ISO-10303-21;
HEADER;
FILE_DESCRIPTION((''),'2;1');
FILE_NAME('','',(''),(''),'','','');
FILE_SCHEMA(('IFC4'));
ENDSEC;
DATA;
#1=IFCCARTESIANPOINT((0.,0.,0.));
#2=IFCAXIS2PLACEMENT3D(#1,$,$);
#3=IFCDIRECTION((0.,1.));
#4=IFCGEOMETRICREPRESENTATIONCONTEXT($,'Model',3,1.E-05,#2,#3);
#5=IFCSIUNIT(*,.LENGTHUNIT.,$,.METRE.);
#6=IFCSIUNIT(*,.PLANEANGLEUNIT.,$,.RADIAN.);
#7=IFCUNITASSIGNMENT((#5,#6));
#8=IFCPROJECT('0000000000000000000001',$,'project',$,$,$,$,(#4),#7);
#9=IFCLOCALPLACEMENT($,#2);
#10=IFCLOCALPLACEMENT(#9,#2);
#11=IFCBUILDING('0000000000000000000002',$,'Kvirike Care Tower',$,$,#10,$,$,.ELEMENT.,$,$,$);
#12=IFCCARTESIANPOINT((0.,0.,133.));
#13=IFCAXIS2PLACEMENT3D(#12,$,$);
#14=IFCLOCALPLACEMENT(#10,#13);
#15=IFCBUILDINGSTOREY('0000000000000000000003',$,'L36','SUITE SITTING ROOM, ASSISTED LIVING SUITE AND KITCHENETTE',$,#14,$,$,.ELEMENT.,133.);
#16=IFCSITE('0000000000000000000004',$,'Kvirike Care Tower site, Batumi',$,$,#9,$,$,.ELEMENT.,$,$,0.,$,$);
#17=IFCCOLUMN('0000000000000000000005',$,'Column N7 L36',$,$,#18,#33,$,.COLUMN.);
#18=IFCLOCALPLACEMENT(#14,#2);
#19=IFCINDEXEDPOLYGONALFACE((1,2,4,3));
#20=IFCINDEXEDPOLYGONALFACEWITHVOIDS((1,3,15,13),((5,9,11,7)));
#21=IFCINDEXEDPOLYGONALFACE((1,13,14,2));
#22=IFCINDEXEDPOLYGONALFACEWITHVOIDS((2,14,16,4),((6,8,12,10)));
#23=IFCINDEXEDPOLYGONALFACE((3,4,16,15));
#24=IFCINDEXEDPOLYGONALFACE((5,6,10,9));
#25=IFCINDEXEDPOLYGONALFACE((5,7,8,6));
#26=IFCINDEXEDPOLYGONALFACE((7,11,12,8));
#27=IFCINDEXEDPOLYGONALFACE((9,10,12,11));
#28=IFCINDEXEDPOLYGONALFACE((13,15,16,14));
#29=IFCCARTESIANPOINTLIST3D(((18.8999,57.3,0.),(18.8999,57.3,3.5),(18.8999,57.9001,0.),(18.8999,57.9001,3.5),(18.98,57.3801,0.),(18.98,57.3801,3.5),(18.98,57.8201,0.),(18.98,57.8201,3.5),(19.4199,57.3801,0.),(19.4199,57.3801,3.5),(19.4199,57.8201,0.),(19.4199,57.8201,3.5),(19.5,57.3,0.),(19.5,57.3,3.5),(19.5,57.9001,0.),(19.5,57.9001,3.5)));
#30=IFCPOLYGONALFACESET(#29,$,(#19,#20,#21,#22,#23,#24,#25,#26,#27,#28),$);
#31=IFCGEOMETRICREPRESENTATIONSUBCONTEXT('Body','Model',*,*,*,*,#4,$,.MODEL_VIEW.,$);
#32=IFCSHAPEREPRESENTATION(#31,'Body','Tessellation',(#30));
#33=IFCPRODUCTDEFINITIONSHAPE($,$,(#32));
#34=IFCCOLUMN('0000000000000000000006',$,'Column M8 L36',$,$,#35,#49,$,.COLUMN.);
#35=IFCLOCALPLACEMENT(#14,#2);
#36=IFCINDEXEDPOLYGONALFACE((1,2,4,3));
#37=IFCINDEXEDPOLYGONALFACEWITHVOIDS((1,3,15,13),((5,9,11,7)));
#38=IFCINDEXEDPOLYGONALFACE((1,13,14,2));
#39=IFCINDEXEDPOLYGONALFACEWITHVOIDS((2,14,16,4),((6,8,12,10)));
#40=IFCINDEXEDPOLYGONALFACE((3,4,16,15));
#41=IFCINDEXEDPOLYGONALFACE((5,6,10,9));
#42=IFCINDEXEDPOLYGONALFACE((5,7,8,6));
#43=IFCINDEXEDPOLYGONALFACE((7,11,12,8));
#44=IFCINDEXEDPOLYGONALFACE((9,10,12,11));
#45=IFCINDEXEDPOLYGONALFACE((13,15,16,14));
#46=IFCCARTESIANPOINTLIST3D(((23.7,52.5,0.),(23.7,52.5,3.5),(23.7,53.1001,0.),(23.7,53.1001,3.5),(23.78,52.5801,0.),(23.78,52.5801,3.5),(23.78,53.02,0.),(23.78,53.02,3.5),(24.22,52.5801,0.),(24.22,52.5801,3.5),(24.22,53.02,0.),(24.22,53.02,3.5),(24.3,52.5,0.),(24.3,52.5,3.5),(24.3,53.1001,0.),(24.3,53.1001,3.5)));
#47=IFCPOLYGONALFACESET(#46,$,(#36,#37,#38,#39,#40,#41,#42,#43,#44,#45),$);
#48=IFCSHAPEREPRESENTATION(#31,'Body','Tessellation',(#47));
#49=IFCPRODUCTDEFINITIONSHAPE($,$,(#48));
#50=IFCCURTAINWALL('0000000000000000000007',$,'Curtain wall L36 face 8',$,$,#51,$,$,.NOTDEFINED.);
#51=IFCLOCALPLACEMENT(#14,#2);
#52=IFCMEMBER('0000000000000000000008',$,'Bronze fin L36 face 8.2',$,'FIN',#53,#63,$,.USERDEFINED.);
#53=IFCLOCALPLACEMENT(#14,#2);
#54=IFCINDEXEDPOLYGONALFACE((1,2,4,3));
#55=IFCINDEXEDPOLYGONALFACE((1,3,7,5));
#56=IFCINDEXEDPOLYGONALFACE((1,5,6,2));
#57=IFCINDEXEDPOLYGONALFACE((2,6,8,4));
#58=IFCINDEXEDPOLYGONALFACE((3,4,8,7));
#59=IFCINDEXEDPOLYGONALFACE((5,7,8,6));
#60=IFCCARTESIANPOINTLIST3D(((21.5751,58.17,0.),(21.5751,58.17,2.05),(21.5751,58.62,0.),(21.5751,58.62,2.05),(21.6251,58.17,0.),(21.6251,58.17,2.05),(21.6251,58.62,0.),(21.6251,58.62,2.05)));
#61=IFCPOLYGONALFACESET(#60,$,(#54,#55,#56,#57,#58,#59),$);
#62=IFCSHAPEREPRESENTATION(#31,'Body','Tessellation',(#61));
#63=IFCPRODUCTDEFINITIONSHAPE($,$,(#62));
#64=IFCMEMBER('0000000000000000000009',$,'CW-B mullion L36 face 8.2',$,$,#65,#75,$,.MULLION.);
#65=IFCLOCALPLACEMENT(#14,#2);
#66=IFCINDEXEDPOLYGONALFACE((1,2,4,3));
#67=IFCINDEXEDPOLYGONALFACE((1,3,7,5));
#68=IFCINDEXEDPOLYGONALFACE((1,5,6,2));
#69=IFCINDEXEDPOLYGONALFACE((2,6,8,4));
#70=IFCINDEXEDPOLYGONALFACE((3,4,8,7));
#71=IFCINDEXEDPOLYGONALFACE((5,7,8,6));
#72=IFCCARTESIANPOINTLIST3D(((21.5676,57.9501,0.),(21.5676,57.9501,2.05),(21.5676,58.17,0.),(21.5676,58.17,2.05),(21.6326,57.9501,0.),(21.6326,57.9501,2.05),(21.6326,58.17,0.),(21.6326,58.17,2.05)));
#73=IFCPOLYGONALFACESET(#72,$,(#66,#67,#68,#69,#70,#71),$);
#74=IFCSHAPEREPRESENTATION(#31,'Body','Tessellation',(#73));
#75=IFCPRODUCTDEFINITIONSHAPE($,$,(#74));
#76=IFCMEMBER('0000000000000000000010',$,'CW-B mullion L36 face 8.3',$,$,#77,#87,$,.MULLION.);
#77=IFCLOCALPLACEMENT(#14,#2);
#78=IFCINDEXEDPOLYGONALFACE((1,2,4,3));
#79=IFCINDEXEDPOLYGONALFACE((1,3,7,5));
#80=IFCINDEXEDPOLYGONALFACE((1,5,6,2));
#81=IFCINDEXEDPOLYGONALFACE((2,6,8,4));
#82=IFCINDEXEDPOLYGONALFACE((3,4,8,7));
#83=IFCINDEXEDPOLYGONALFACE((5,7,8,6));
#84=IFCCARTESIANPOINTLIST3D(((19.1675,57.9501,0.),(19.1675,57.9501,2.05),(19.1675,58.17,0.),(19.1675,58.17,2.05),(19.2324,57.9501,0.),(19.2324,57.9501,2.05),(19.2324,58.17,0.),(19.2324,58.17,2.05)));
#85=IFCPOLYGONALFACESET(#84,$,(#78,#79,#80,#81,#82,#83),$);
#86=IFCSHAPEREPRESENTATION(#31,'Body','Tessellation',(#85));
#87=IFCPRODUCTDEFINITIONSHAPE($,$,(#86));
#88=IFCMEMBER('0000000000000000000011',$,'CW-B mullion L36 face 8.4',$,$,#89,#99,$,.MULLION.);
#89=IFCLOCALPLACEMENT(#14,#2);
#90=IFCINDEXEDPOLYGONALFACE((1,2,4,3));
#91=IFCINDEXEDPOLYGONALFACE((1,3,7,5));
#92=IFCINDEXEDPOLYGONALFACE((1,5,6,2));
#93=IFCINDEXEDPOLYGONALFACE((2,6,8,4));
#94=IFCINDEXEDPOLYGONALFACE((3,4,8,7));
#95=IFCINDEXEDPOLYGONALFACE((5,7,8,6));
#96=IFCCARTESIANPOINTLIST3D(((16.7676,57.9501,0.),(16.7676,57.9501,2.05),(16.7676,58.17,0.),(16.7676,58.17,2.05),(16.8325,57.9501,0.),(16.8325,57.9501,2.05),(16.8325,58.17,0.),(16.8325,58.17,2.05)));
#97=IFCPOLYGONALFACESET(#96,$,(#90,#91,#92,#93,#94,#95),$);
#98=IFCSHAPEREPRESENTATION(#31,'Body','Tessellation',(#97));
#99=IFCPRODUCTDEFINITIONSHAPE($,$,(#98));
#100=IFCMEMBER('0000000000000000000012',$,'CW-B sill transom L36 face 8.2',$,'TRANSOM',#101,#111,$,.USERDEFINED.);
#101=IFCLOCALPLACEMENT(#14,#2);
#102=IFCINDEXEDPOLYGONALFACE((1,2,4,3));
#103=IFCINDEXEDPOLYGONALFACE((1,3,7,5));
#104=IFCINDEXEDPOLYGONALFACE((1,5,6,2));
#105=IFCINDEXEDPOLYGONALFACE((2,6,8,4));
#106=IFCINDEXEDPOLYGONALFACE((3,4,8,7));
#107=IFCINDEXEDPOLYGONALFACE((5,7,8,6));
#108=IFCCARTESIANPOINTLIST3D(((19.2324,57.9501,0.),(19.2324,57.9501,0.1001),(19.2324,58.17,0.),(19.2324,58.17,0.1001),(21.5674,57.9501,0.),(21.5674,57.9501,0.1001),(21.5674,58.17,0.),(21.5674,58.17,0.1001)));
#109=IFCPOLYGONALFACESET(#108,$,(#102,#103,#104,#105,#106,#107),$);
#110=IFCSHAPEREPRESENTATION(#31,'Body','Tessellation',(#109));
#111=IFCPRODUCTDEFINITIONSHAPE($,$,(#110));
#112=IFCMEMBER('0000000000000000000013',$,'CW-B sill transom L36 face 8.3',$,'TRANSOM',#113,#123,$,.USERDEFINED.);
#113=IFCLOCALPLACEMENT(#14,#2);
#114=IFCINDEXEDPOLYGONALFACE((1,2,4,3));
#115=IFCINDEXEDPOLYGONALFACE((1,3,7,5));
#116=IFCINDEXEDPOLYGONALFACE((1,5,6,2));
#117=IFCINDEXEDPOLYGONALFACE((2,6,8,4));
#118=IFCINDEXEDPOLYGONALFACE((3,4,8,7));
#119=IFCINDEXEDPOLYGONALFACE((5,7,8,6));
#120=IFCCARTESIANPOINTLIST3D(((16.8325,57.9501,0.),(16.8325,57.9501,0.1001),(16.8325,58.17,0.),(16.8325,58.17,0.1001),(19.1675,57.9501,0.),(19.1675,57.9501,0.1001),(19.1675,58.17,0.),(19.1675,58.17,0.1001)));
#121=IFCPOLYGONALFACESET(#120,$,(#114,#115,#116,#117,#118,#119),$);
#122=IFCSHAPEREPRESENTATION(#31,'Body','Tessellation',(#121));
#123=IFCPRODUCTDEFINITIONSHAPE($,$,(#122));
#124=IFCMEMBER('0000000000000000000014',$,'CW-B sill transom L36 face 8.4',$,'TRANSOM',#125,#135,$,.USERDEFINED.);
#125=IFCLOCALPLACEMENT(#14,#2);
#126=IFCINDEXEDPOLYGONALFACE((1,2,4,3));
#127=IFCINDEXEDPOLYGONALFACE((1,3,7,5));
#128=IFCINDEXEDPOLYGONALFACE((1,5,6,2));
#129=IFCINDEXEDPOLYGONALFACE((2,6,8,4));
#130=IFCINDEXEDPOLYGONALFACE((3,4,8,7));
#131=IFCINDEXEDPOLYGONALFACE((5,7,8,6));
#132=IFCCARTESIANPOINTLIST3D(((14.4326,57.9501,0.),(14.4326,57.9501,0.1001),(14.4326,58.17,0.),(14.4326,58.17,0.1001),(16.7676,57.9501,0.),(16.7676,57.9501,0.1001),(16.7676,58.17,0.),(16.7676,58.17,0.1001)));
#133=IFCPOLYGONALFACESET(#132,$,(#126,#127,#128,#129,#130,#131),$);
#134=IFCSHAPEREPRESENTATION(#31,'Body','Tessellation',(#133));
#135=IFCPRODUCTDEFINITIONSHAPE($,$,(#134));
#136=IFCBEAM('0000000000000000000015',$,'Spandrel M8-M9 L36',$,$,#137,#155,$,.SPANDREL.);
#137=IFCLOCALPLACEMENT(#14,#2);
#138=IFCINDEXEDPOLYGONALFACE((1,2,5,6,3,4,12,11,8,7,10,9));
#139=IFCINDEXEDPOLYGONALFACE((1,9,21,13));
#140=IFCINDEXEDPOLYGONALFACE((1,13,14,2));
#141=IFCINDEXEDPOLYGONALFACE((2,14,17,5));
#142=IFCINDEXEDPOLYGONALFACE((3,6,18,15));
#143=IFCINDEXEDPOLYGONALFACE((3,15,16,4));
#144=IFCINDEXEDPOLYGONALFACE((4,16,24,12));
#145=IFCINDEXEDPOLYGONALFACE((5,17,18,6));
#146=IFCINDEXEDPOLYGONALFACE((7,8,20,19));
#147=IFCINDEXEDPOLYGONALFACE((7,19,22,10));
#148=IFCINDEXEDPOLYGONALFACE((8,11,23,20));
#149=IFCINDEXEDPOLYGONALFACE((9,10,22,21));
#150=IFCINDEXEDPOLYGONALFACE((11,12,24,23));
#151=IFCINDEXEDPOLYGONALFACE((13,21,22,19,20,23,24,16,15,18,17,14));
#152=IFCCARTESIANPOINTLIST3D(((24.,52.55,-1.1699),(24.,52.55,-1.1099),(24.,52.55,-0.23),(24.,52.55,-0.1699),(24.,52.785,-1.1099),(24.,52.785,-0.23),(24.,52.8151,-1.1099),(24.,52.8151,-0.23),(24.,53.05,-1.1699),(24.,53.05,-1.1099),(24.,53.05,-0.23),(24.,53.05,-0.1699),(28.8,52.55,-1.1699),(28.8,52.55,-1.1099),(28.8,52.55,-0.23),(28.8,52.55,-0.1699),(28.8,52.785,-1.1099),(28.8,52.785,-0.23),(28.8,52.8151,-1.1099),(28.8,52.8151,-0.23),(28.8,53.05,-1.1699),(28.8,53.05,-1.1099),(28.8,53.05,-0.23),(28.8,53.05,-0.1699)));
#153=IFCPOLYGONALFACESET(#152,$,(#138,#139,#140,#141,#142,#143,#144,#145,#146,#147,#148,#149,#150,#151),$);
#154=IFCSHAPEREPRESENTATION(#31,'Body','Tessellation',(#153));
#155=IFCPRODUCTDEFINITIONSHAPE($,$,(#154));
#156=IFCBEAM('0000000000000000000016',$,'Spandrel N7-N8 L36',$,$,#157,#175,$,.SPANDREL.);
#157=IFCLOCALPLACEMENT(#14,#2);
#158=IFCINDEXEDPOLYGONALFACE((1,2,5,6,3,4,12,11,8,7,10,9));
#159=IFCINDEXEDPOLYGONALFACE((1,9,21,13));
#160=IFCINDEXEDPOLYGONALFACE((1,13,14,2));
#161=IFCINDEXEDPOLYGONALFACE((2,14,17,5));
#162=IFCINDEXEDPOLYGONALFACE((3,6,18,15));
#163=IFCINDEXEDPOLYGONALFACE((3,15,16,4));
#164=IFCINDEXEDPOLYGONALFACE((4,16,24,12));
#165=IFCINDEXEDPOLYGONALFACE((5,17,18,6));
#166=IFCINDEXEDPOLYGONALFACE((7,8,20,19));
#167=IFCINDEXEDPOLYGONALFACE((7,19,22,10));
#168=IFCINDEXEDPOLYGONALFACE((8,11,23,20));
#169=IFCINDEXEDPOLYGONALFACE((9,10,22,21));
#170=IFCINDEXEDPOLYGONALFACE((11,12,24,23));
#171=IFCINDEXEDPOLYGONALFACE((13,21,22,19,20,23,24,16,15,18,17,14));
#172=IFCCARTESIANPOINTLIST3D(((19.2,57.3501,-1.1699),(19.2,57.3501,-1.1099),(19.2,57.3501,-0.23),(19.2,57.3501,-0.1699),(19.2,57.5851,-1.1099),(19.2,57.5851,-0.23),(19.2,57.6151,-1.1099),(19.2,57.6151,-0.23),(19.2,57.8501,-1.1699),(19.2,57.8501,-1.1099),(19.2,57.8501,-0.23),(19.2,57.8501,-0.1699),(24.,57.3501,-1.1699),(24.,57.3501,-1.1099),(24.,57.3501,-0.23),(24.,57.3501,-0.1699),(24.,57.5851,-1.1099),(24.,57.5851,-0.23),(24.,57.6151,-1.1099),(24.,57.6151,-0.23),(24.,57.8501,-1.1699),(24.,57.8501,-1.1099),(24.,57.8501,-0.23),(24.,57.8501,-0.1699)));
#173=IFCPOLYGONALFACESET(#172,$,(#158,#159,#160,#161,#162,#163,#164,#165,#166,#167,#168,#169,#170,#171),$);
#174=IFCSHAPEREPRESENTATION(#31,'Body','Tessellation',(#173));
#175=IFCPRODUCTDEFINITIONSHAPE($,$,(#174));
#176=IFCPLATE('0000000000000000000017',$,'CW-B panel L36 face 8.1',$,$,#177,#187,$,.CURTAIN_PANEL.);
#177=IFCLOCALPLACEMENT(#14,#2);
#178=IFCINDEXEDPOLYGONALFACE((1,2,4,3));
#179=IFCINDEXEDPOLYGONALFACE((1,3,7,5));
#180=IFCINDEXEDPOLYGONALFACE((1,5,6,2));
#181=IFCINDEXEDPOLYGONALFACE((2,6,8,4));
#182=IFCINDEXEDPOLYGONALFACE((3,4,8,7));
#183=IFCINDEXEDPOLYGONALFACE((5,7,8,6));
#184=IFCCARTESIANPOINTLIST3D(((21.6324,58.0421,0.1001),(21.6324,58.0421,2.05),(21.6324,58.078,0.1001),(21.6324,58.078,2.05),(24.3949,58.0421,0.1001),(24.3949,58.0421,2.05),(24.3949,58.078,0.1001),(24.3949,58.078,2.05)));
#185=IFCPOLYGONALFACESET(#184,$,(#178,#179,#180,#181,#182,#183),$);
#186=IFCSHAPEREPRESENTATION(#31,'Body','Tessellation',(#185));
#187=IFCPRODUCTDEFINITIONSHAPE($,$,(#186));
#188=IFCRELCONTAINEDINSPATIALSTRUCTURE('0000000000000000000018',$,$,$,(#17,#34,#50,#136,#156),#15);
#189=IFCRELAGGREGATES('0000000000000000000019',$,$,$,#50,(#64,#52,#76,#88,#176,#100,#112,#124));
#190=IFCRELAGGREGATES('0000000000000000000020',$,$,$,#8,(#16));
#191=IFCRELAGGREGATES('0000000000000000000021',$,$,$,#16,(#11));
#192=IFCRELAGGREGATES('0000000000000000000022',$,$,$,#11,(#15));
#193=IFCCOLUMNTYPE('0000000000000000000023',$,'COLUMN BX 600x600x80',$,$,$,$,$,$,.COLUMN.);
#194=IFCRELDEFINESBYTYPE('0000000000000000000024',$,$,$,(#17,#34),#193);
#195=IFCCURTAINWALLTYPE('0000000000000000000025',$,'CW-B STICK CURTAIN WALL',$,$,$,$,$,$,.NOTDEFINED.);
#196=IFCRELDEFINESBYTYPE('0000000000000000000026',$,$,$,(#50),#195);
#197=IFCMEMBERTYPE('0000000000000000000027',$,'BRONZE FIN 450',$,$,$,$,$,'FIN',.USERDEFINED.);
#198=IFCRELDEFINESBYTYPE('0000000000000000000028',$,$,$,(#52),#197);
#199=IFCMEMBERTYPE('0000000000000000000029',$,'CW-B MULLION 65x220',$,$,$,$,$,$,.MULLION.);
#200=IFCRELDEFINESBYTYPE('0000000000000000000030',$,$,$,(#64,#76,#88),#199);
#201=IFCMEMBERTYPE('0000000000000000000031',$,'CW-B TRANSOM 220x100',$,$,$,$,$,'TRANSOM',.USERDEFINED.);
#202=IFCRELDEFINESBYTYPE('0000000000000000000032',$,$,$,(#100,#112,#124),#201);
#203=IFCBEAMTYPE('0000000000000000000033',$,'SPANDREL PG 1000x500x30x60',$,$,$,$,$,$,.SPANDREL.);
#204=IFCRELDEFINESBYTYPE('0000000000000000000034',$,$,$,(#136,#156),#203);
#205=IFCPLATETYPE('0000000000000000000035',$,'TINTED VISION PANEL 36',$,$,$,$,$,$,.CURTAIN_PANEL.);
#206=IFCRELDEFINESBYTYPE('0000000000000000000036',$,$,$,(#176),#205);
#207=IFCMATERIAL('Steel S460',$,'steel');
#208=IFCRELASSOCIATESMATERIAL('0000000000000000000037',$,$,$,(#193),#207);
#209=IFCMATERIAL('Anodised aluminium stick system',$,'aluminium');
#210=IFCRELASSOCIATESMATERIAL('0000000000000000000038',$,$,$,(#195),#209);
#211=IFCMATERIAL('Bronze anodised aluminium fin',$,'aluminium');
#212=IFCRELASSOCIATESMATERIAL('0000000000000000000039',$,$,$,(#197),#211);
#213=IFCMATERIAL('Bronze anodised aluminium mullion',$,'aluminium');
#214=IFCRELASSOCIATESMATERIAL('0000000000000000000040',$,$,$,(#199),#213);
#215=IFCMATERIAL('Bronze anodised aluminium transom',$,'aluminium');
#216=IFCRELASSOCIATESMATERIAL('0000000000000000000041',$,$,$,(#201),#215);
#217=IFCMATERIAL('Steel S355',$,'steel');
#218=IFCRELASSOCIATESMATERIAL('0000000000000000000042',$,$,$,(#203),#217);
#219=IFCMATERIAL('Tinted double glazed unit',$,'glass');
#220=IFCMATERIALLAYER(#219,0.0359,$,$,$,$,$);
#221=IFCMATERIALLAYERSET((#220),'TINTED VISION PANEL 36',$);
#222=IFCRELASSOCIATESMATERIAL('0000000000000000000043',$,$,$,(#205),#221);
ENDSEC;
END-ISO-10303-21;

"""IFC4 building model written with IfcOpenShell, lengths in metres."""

from ifc_helpers import new_model, si_unit, direction, frame, origin, origin_2d, place, context, subcontext, project, spatial, rectangle, hollow_rectangle, i_section, extrude, material, layer, layer_set, material_profile, profile_set, type_object, element, aggregate, save


model = new_model("IFC4")

# Units and contexts
model_context = context("Model", 3, precision=1e-05, world=origin(), true_north=direction((0.0, 1.0)))
body_context = subcontext(model_context, "Body", "Model", "MODEL_VIEW")
ifc_project = project(units=[si_unit("LENGTHUNIT", "METRE"), si_unit("PLANEANGLEUNIT", "RADIAN")], contexts=[model_context])

# Site, building, storey
site_placement = place(None, origin())
site = spatial("IfcSite", under=ifc_project, at=site_placement, Name="Kvirike Care Tower site, Batumi", CompositionType="ELEMENT", RefElevation=0.0)
building_placement = place(site_placement, origin())
building = spatial("IfcBuilding", under=site, at=building_placement, Name="Kvirike Care Tower", CompositionType="ELEMENT")
storey_placement = place(building_placement, frame((0.0, 0.0, 133.0)))
storey = spatial("IfcBuildingStorey", under=building, at=storey_placement, Name="L36", Description="SUITE SITTING ROOM, ASSISTED LIVING SUITE AND KITCHENETTE", CompositionType="ELEMENT", Elevation=133.0)

# Columns
ifc_material_1 = material(Name="Steel S460", Category="steel")
ifc_material_profile_1 = material_profile(ifc_material_1, hollow_rectangle(XDim=0.6001, YDim=0.6001, WallThickness=0.0801, at=origin_2d()), Name="BX 600x600x80")
ifc_profile_set_1 = profile_set([ifc_material_profile_1], Name="Steel S460")
column_type = type_object("IfcColumnType", Name="COLUMN BX 600x600x80", PredefinedType="COLUMN", material=ifc_profile_set_1)
for number, where, z_axis, x_axis, name in (
    (1, (19.2, 57.6001, 0.0), (0.0, 0.0, 1.0), (0.0, 1.0, 0.0), "Column N7 L36"),
    (2, (24.0, 52.8, 0.0), (0.0, 0.0, 1.0), (0.0, 1.0, 0.0), "Column M8 L36"),
):
    element("IfcColumn", number, at=place(storey_placement, frame(where, z_axis=z_axis, x_axis=x_axis)), inside=storey, type_object=column_type, Name=name, PredefinedType="COLUMN", context=body_context, shape_type="SweptSolid", body=[
        extrude(hollow_rectangle(XDim=0.6001, YDim=0.6001, WallThickness=0.0801, at=origin_2d()), origin(), (0.0, 0.0, 1.0), 3.5),
    ])

# Curtain wall, members
ifc_material_2 = material(Name="Anodised aluminium stick system", Category="aluminium")
curtain_wall_type = type_object("IfcCurtainWallType", Name="CW-B STICK CURTAIN WALL", PredefinedType="NOTDEFINED", material=ifc_material_2)
curtain_wall_placement = place(storey_placement, origin())
curtain_wall = element("IfcCurtainWall", 3, at=curtain_wall_placement, inside=storey, type_object=curtain_wall_type, Name="Curtain wall L36 face 8", PredefinedType="NOTDEFINED")
ifc_material_3 = material(Name="Bronze anodised aluminium fin", Category="aluminium")
ifc_material_profile_2 = material_profile(ifc_material_3, rectangle(XDim=0.05, YDim=0.45, at=origin_2d()), Name="BRONZE FIN 450")
ifc_profile_set_2 = profile_set([ifc_material_profile_2], Name="Bronze anodised aluminium fin")
member_type_1 = type_object("IfcMemberType", Name="BRONZE FIN 450", ElementType="FIN", PredefinedType="USERDEFINED", material=ifc_profile_set_2)
member_1_placement = place(storey_placement, frame((21.6001, 58.395, 0.0), z_axis=(0.0, 0.0, 1.0), x_axis=(-1.0, 0.0, 0.0)))
member_1 = element("IfcMember", 4, at=member_1_placement, type_object=member_type_1, Name="Bronze fin L36 face 8.2", ObjectType="FIN", PredefinedType="USERDEFINED", context=body_context, shape_type="SweptSolid", body=[
    extrude(rectangle(XDim=0.05, YDim=0.45, at=origin_2d()), origin(), (0.0, 0.0, 1.0), 2.05),
])
ifc_material_4 = material(Name="Bronze anodised aluminium mullion", Category="aluminium")
ifc_material_profile_3 = material_profile(ifc_material_4, rectangle(XDim=0.0649, YDim=0.22, at=origin_2d()), Name="CW-B MULLION 65x220")
ifc_profile_set_3 = profile_set([ifc_material_profile_3], Name="Bronze anodised aluminium mullion")
member_type_2 = type_object("IfcMemberType", Name="CW-B MULLION 65x220", PredefinedType="MULLION", material=ifc_profile_set_3)
member_2_placement = place(storey_placement, frame((21.6001, 58.0601, 0.0), z_axis=(0.0, 0.0, 1.0), x_axis=(-1.0, 0.0, 0.0)))
member_2 = element("IfcMember", 5, at=member_2_placement, type_object=member_type_2, Name="CW-B mullion L36 face 8.2", PredefinedType="MULLION", context=body_context, shape_type="SweptSolid", body=[
    extrude(rectangle(XDim=0.0649, YDim=0.22, at=origin_2d()), origin(), (0.0, 0.0, 1.0), 2.05),
])
member_3_placement = place(storey_placement, frame((19.2, 58.0601, 0.0), z_axis=(0.0, 0.0, 1.0), x_axis=(-1.0, 0.0, 0.0)))
member_3 = element("IfcMember", 6, at=member_3_placement, type_object=member_type_2, Name="CW-B mullion L36 face 8.3", PredefinedType="MULLION", context=body_context, shape_type="SweptSolid", body=[
    extrude(rectangle(XDim=0.0649, YDim=0.22, at=origin_2d()), origin(), (0.0, 0.0, 1.0), 2.05),
])
member_4_placement = place(storey_placement, frame((16.8, 58.0601, 0.0), z_axis=(0.0, 0.0, 1.0), x_axis=(-1.0, 0.0, 0.0)))
member_4 = element("IfcMember", 7, at=member_4_placement, type_object=member_type_2, Name="CW-B mullion L36 face 8.4", PredefinedType="MULLION", context=body_context, shape_type="SweptSolid", body=[
    extrude(rectangle(XDim=0.0649, YDim=0.22, at=origin_2d()), origin(), (0.0, 0.0, 1.0), 2.05),
])
ifc_material_5 = material(Name="Bronze anodised aluminium transom", Category="aluminium")
ifc_material_profile_4 = material_profile(ifc_material_5, rectangle(XDim=0.22, YDim=0.1001, at=origin_2d()), Name="CW-B TRANSOM 220x100")
ifc_profile_set_4 = profile_set([ifc_material_profile_4], Name="Bronze anodised aluminium transom")
member_type_3 = type_object("IfcMemberType", Name="CW-B TRANSOM 220x100", ElementType="TRANSOM", PredefinedType="USERDEFINED", material=ifc_profile_set_4)
member_5_placement = place(storey_placement, frame((21.5674, 58.0601, 0.05), z_axis=(-1.0, 0.0, 0.0), x_axis=(0.0, -1.0, 0.0)))
member_5 = element("IfcMember", 8, at=member_5_placement, type_object=member_type_3, Name="CW-B sill transom L36 face 8.2", ObjectType="TRANSOM", PredefinedType="USERDEFINED", context=body_context, shape_type="SweptSolid", body=[
    extrude(rectangle(XDim=0.22, YDim=0.1001, at=origin_2d()), origin(), (0.0, 0.0, 1.0), 2.335),
])
member_6_placement = place(storey_placement, frame((19.1675, 58.0601, 0.05), z_axis=(-1.0, 0.0, 0.0), x_axis=(0.0, -1.0, 0.0)))
member_6 = element("IfcMember", 9, at=member_6_placement, type_object=member_type_3, Name="CW-B sill transom L36 face 8.3", ObjectType="TRANSOM", PredefinedType="USERDEFINED", context=body_context, shape_type="SweptSolid", body=[
    extrude(rectangle(XDim=0.22, YDim=0.1001, at=origin_2d()), origin(), (0.0, 0.0, 1.0), 2.335),
])
member_7_placement = place(storey_placement, frame((16.7676, 58.0601, 0.05), z_axis=(-1.0, 0.0, 0.0), x_axis=(0.0, -1.0, 0.0)))
member_7 = element("IfcMember", 10, at=member_7_placement, type_object=member_type_3, Name="CW-B sill transom L36 face 8.4", ObjectType="TRANSOM", PredefinedType="USERDEFINED", context=body_context, shape_type="SweptSolid", body=[
    extrude(rectangle(XDim=0.22, YDim=0.1001, at=origin_2d()), origin(), (0.0, 0.0, 1.0), 2.335),
])

# Beams
ifc_material_6 = material(Name="Steel S355", Category="steel")
ifc_material_profile_5 = material_profile(ifc_material_6, i_section(OverallWidth=0.5, OverallDepth=1.0, WebThickness=0.03, FlangeThickness=0.0601, at=origin_2d()), Name="PG 1000x500x30x60")
ifc_profile_set_5 = profile_set([ifc_material_profile_5], Name="Steel S355")
beam_type = type_object("IfcBeamType", Name="SPANDREL PG 1000x500x30x60", PredefinedType="SPANDREL", material=ifc_profile_set_5)
for number, where, z_axis, x_axis, name in (
    (11, (24.0, 52.8, -0.6699), (1.0, 0.0, 0.0), (0.0, 1.0, 0.0), "Spandrel M8-M9 L36"),
    (12, (19.2, 57.6001, -0.6699), (1.0, 0.0, 0.0), (0.0, 1.0, 0.0), "Spandrel N7-N8 L36"),
):
    element("IfcBeam", number, at=place(storey_placement, frame(where, z_axis=z_axis, x_axis=x_axis)), inside=storey, type_object=beam_type, Name=name, PredefinedType="SPANDREL", context=body_context, shape_type="SweptSolid", body=[
        extrude(i_section(OverallWidth=0.5, OverallDepth=1.0, WebThickness=0.03, FlangeThickness=0.0601, at=origin_2d()), origin(), (0.0, 0.0, 1.0), 4.8),
    ])

# Plate
ifc_material_7 = material(Name="Tinted double glazed unit", Category="glass")
ifc_layer_1 = layer(ifc_material_7, 0.0359)
ifc_layer_set_1 = layer_set([ifc_layer_1], Name="TINTED VISION PANEL 36")
plate_type = type_object("IfcPlateType", Name="TINTED VISION PANEL 36", PredefinedType="CURTAIN_PANEL", material=ifc_layer_set_1)
plate_1_placement = place(storey_placement, frame((23.0137, 58.0601, 0.1001), z_axis=(0.0, 0.0, 1.0), x_axis=(-1.0, 0.0, 0.0)))
plate_1 = element("IfcPlate", 13, at=plate_1_placement, type_object=plate_type, Name="CW-B panel L36 face 8.1", PredefinedType="CURTAIN_PANEL", context=body_context, shape_type="SweptSolid", body=[
    extrude(rectangle(XDim=2.7625, YDim=0.0359, at=origin_2d()), origin(), (0.0, 0.0, 1.0), 1.95),
])
aggregate(curtain_wall, [member_2, member_1, member_3, member_4, plate_1, member_5, member_6, member_7])

save(model, "model.ifc")
